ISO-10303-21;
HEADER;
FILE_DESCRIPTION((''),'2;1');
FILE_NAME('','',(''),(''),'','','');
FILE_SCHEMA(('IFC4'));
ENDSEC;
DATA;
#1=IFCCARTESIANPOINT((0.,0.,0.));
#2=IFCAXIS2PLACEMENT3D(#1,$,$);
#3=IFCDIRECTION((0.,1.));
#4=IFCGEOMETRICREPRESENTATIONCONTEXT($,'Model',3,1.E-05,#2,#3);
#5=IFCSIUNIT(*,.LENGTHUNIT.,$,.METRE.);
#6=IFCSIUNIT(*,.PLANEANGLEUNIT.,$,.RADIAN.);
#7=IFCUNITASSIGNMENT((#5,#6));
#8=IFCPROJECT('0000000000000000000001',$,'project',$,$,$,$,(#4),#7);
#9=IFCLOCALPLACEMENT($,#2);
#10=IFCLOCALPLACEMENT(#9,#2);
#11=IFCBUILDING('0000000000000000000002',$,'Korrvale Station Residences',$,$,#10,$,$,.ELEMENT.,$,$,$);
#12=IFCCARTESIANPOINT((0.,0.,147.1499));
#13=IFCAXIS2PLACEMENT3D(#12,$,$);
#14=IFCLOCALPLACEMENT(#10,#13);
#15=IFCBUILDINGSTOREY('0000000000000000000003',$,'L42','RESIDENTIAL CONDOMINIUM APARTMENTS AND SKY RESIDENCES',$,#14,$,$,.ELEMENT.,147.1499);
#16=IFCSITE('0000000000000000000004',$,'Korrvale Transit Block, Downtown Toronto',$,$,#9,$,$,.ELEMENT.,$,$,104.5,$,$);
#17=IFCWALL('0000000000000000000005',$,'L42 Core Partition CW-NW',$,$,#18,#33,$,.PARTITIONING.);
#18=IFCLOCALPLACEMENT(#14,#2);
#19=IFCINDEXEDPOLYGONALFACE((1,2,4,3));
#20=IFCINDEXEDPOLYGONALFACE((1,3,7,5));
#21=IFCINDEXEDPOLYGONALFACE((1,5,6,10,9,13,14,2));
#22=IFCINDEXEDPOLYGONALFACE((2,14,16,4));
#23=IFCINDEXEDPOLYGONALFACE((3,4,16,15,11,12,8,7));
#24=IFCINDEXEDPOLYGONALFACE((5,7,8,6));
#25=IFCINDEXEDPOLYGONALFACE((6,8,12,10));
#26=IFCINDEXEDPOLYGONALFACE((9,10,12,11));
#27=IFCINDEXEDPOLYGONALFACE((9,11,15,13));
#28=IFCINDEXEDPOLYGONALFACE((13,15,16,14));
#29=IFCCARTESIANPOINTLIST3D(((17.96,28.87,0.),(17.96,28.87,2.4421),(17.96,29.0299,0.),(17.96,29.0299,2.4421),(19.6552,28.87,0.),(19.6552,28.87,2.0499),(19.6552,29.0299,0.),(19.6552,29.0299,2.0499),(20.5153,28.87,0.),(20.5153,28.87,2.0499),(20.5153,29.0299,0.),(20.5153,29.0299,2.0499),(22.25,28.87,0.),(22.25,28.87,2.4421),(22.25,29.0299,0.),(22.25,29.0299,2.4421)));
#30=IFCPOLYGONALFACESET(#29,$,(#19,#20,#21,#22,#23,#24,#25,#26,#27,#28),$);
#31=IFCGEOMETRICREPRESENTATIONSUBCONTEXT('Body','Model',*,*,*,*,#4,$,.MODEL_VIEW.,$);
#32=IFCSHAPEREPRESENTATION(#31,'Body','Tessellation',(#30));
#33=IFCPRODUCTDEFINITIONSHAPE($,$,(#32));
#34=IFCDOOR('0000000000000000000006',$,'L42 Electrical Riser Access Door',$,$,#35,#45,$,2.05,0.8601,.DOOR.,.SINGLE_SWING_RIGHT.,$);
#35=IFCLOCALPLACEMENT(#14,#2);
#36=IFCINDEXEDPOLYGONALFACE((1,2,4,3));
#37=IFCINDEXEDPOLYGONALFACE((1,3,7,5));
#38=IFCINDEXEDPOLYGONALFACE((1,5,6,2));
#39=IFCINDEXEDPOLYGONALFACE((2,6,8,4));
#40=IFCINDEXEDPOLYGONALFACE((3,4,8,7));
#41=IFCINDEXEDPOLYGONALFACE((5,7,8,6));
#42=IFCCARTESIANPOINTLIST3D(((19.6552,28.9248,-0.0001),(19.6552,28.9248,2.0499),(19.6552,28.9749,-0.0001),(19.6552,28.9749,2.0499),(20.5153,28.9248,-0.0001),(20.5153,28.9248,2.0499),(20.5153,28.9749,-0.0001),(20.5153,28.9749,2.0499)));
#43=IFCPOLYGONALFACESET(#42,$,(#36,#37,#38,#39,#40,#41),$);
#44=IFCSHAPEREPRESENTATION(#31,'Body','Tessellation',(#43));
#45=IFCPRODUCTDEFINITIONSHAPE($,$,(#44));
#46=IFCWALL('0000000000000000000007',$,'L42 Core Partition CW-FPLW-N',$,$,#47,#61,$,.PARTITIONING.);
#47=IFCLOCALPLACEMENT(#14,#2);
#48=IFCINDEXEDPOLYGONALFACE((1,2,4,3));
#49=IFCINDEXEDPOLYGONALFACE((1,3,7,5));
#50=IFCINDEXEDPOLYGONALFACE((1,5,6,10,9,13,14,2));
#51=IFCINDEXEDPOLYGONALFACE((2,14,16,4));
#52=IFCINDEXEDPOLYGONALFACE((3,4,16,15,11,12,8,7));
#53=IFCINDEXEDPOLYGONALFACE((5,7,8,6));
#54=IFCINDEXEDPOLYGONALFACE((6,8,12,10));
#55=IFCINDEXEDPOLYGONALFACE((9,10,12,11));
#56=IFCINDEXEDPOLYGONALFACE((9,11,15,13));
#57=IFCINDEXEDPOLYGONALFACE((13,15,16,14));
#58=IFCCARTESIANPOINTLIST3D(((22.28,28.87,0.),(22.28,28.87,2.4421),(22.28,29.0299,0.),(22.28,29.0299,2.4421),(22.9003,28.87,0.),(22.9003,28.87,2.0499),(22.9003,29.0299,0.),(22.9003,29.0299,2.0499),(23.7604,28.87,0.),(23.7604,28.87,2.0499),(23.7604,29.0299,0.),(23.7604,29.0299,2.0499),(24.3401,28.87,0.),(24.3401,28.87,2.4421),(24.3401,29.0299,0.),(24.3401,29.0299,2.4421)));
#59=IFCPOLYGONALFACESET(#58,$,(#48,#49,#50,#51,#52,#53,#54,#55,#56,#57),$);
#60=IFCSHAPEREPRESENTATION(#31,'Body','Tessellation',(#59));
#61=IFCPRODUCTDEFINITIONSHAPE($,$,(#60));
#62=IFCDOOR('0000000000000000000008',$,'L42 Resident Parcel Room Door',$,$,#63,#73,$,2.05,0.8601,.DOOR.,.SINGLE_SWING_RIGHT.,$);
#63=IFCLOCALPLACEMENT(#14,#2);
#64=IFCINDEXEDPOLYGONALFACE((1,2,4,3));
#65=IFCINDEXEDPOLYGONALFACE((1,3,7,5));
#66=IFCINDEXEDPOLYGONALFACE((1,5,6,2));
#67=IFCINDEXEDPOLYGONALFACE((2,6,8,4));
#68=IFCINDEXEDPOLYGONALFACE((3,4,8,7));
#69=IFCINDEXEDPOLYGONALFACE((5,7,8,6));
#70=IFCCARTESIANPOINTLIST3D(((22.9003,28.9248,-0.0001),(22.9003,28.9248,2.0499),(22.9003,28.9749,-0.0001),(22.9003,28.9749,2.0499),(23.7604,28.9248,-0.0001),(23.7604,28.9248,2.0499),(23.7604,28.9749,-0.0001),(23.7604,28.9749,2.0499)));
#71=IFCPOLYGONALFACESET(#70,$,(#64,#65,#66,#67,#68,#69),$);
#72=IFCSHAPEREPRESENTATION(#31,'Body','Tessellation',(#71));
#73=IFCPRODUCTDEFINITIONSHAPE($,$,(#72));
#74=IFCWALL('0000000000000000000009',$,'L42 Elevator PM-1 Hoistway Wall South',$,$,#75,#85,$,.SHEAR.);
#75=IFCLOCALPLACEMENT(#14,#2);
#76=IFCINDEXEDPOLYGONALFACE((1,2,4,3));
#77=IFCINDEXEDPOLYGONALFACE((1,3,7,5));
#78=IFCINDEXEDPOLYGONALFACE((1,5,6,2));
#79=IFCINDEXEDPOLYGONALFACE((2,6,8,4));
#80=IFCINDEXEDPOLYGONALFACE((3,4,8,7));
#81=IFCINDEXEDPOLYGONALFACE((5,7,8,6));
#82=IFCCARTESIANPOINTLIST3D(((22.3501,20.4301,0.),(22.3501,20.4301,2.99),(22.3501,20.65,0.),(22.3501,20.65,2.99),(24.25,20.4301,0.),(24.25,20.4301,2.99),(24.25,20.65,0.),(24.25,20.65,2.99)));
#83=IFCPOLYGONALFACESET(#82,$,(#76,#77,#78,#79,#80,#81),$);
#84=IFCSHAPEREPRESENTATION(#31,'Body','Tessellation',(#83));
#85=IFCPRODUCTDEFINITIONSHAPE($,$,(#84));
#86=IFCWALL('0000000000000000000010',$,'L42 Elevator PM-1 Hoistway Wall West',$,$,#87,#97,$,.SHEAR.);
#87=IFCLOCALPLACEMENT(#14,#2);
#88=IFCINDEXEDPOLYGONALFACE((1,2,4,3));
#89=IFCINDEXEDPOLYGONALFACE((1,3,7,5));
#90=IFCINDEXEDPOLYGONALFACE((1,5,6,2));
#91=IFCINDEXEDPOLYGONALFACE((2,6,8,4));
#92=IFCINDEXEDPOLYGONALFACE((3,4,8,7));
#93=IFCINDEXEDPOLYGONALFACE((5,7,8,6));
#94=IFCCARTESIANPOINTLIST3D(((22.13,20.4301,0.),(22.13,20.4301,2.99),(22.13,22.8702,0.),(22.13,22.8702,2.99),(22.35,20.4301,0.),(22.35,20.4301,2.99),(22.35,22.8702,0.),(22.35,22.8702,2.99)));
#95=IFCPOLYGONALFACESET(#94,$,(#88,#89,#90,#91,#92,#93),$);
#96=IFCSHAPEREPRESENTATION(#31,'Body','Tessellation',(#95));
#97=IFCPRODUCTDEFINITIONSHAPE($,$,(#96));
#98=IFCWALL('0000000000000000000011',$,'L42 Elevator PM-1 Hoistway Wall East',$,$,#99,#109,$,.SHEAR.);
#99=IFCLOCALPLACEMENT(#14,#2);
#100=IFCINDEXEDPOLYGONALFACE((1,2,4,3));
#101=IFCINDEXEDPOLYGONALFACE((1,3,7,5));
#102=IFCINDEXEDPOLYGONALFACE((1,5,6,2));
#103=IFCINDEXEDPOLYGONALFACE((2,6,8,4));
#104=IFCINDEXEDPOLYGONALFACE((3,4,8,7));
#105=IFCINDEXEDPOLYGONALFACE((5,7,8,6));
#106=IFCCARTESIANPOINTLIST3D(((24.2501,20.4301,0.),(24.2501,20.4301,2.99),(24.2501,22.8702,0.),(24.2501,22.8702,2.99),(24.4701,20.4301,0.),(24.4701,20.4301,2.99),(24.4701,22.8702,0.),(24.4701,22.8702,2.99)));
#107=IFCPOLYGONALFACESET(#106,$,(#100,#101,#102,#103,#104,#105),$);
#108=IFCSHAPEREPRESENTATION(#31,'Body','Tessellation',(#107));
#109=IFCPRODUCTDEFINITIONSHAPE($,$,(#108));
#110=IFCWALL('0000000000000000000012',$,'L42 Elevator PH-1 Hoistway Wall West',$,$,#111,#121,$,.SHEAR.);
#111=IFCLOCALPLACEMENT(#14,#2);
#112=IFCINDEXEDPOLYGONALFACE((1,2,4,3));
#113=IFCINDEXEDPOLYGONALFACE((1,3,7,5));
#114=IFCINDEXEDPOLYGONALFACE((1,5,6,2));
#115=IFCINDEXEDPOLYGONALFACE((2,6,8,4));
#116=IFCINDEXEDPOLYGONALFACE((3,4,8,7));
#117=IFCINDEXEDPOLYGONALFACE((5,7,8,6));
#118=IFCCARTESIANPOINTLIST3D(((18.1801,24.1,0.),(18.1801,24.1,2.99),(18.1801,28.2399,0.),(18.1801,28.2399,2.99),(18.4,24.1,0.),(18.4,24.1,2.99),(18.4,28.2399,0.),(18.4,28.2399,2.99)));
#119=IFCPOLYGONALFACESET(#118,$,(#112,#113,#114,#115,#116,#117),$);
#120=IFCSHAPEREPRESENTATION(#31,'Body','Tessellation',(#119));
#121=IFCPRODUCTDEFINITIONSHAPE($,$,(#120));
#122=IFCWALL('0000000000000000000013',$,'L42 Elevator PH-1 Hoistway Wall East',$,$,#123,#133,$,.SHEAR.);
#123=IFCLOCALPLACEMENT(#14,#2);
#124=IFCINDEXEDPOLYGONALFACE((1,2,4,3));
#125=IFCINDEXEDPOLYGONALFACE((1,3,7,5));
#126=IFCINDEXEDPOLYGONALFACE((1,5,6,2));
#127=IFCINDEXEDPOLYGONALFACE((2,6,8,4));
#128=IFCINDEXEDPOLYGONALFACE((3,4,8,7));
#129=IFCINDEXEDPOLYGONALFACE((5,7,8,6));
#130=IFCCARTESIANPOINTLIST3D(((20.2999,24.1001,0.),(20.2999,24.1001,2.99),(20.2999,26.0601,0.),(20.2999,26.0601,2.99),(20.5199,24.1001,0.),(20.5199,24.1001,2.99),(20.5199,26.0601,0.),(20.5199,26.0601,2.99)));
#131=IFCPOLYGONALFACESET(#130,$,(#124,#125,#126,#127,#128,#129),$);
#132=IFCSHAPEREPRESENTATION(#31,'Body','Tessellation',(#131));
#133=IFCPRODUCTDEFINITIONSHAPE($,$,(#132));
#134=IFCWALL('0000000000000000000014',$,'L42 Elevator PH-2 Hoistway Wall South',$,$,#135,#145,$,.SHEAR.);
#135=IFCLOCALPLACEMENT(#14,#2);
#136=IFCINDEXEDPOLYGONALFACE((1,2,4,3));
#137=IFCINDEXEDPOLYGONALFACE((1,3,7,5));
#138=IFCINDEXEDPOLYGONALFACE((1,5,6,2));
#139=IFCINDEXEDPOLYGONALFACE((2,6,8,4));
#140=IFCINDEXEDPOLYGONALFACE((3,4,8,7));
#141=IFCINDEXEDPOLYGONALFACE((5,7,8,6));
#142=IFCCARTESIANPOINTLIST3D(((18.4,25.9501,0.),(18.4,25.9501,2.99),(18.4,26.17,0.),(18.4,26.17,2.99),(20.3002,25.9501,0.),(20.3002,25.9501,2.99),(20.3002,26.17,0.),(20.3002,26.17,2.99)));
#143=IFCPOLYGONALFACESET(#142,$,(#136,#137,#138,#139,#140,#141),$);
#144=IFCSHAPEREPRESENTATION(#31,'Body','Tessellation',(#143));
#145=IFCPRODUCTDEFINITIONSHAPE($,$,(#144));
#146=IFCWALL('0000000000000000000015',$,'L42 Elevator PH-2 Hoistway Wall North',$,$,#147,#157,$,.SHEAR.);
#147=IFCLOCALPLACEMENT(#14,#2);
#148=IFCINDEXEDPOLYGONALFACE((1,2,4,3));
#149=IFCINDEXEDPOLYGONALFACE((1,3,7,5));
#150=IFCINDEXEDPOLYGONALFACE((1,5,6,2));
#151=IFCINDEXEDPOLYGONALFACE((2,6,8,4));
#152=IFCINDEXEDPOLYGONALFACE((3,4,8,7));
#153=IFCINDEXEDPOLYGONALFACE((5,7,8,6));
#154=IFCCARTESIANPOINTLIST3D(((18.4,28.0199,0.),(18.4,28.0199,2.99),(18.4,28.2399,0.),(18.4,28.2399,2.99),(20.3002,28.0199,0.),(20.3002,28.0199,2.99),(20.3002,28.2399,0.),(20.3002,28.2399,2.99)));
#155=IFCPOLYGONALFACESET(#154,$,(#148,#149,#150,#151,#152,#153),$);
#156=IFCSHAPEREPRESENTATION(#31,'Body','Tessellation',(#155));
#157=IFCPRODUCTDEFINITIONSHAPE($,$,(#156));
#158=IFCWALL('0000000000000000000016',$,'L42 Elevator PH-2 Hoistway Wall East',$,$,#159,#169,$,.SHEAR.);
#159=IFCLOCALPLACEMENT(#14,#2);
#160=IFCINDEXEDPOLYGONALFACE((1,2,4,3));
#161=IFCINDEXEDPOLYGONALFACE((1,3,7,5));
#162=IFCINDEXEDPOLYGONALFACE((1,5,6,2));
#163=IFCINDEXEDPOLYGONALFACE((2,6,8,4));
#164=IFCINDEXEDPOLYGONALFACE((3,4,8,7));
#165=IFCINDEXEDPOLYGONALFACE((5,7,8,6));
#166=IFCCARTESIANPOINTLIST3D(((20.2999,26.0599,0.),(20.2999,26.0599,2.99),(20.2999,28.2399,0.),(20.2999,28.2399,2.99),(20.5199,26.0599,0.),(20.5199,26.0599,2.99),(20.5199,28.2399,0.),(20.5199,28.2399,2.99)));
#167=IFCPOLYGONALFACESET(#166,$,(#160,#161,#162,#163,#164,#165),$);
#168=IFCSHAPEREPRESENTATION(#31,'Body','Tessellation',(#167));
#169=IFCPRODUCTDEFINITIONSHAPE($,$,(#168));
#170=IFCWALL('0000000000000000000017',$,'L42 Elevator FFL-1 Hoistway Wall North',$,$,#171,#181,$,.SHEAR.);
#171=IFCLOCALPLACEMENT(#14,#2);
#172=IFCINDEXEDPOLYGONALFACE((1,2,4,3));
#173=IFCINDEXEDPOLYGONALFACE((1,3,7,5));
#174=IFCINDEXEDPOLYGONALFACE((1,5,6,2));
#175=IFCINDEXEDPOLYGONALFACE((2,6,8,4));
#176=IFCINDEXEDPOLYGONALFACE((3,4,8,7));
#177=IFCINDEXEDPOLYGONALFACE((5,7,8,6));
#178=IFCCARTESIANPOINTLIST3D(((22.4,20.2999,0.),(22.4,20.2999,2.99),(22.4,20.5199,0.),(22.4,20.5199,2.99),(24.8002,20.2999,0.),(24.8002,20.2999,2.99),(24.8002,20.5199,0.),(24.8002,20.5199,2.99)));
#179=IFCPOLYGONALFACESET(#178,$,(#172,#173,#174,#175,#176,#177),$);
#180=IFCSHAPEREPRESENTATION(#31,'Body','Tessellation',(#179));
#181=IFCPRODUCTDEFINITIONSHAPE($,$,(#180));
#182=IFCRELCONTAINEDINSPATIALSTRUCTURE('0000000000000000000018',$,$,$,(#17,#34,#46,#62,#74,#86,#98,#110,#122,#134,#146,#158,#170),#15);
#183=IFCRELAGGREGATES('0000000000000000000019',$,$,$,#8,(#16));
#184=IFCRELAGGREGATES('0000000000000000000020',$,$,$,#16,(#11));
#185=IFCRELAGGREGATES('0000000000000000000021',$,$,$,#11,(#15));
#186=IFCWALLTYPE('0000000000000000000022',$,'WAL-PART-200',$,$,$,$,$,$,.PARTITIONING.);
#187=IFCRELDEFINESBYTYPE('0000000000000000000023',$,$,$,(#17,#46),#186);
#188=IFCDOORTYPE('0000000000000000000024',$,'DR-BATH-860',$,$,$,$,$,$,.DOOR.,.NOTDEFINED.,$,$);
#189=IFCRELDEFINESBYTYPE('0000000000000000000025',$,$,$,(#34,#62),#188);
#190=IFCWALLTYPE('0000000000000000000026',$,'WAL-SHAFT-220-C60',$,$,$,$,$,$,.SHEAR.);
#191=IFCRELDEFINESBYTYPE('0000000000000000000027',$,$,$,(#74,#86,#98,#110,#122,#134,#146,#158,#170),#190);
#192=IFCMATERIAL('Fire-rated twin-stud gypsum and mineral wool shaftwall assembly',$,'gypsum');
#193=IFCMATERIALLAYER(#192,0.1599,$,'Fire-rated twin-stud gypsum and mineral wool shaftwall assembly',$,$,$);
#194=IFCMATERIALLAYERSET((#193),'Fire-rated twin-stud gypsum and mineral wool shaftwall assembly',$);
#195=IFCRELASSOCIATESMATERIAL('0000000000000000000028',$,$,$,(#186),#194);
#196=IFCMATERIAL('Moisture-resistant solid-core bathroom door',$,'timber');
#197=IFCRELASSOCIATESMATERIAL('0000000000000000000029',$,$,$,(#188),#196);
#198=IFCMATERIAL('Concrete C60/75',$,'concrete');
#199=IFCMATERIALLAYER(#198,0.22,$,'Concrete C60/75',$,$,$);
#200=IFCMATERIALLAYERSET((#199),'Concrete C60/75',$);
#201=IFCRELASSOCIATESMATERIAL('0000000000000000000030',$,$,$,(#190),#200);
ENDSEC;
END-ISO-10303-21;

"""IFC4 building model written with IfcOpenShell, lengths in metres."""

from ifc_helpers import new_model, si_unit, direction, frame, frame_2d, origin, place, context, subcontext, project, spatial, rectangle, extrude, material, layer, layer_set, type_object, element, fill, save


model = new_model("IFC4")

# Units and contexts
model_context = context("Model", 3, precision=1e-05, world=origin(), true_north=direction((0.0, 1.0)))
body_context = subcontext(model_context, "Body", "Model", "MODEL_VIEW")
ifc_project = project(units=[si_unit("LENGTHUNIT", "METRE"), si_unit("PLANEANGLEUNIT", "RADIAN")], contexts=[model_context])

# Site, building, storey
site_placement = place(None, origin())
site = spatial("IfcSite", under=ifc_project, at=site_placement, Name="Korrvale Transit Block, Downtown Toronto", CompositionType="ELEMENT", RefElevation=104.5)
building_placement = place(site_placement, origin())
building = spatial("IfcBuilding", under=site, at=building_placement, Name="Korrvale Station Residences", CompositionType="ELEMENT")
storey_placement = place(building_placement, frame((0.0, 0.0, 147.1499)))
storey = spatial("IfcBuildingStorey", under=building, at=storey_placement, Name="L42", Description="RESIDENTIAL CONDOMINIUM APARTMENTS AND SKY RESIDENCES", CompositionType="ELEMENT", Elevation=147.1499)

# Shared definitions
ifc_material_1 = material(Name="Concrete C60/75", Category="concrete")
ifc_material_2 = material(Name="Fire-rated twin-stud gypsum and mineral wool shaftwall assembly", Category="gypsum")
ifc_layer_1 = layer(ifc_material_2, 0.1599, Name="Fire-rated twin-stud gypsum and mineral wool shaftwall assembly")
ifc_layer_set_1 = layer_set([ifc_layer_1], Name="Fire-rated twin-stud gypsum and mineral wool shaftwall assembly")
wall_type_1 = type_object("IfcWallType", Name="WAL-PART-200", PredefinedType="PARTITIONING", material=ifc_layer_set_1)

# Walls, openings, doors
wall_1_placement = place(storey_placement, frame((17.96, 28.95, 0.0), z_axis=(0.0, 0.0, 1.0), x_axis=(1.0, 0.0, 0.0)))
wall_1 = element("IfcWall", 1, at=wall_1_placement, inside=storey, type_object=wall_type_1, Name="L42 Core Partition CW-NW", PredefinedType="PARTITIONING", context=body_context, shape_type="SweptSolid", body=[
    extrude(rectangle(XDim=4.29, YDim=0.1599, at=frame_2d((2.145, 0.0))), origin(), (0.0, 0.0, 1.0), 2.4421),
])
opening_1_placement = place(wall_1_placement, frame((1.6951, 0.0, 0.0)))
opening_1 = element("IfcOpeningElement", 2, at=opening_1_placement, cuts=wall_1, PredefinedType="OPENING", context=body_context, shape_type="SweptSolid", body=[
    extrude(rectangle(XDim=0.8601, YDim=2.05, at=frame_2d((0.4302, 1.0249))), frame((0.0, 0.0898, 0.0), z_axis=(0.0, -1.0, 0.0), x_axis=(1.0, 0.0, 0.0)), (0.0, 0.0, 1.0), 0.1799),
])
ifc_material_3 = material(Name="Moisture-resistant solid-core bathroom door", Category="timber")
door_type_1 = type_object("IfcDoorType", Name="DR-BATH-860", OperationType="NOTDEFINED", PredefinedType="DOOR", material=ifc_material_3)
door_1_placement = place(opening_1_placement, origin())
door_1 = element("IfcDoor", 3, at=door_1_placement, inside=storey, type_object=door_type_1, Name="L42 Electrical Riser Access Door", OperationType="SINGLE_SWING_RIGHT", OverallHeight=2.05, OverallWidth=0.8601, PredefinedType="DOOR", context=body_context, shape_type="SweptSolid", body=[
    extrude(rectangle(XDim=0.8601, YDim=2.05, at=frame_2d((0.4302, 1.0249))), frame((0.0, 0.0249, 0.0), z_axis=(0.0, -1.0, 0.0), x_axis=(1.0, 0.0, 0.0)), (0.0, 0.0, 1.0), 0.05),
])
fill(opening_1, door_1)
wall_2_placement = place(storey_placement, frame((22.28, 28.95, 0.0), z_axis=(0.0, 0.0, 1.0), x_axis=(1.0, 0.0, 0.0)))
wall_2 = element("IfcWall", 4, at=wall_2_placement, inside=storey, type_object=wall_type_1, Name="L42 Core Partition CW-FPLW-N", PredefinedType="PARTITIONING", context=body_context, shape_type="SweptSolid", body=[
    extrude(rectangle(XDim=2.0601, YDim=0.1599, at=frame_2d((1.03, 0.0))), origin(), (0.0, 0.0, 1.0), 2.4421),
])
opening_2_placement = place(wall_2_placement, frame((0.6201, 0.0, 0.0)))
opening_2 = element("IfcOpeningElement", 5, at=opening_2_placement, cuts=wall_2, PredefinedType="OPENING", context=body_context, shape_type="SweptSolid", body=[
    extrude(rectangle(XDim=0.8601, YDim=2.05, at=frame_2d((0.4302, 1.0249))), frame((0.0, 0.0898, 0.0), z_axis=(0.0, -1.0, 0.0), x_axis=(1.0, 0.0, 0.0)), (0.0, 0.0, 1.0), 0.1799),
])
door_2_placement = place(opening_2_placement, origin())
door_2 = element("IfcDoor", 6, at=door_2_placement, inside=storey, type_object=door_type_1, Name="L42 Resident Parcel Room Door", OperationType="SINGLE_SWING_RIGHT", OverallHeight=2.05, OverallWidth=0.8601, PredefinedType="DOOR", context=body_context, shape_type="SweptSolid", body=[
    extrude(rectangle(XDim=0.8601, YDim=2.05, at=frame_2d((0.4302, 1.0249))), frame((0.0, 0.0249, 0.0), z_axis=(0.0, -1.0, 0.0), x_axis=(1.0, 0.0, 0.0)), (0.0, 0.0, 1.0), 0.05),
])
fill(opening_2, door_2)

# Wall
ifc_layer_2 = layer(ifc_material_1, 0.22, Name="Concrete C60/75")
ifc_layer_set_2 = layer_set([ifc_layer_2], Name="Concrete C60/75")
wall_type_2 = type_object("IfcWallType", Name="WAL-SHAFT-220-C60", PredefinedType="SHEAR", material=ifc_layer_set_2)
wall_3_placement = place(storey_placement, frame((22.3501, 20.54, 0.0), z_axis=(0.0, 0.0, 1.0), x_axis=(1.0, 0.0, 0.0)))
element("IfcWall", 7, at=wall_3_placement, inside=storey, type_object=wall_type_2, Name="L42 Elevator PM-1 Hoistway Wall South", PredefinedType="SHEAR", context=body_context, shape_type="SweptSolid", body=[
    extrude(rectangle(XDim=1.8999, YDim=0.22, at=frame_2d((0.95, 0.0))), origin(), (0.0, 0.0, 1.0), 2.99),
])

# Walls
for number, where, z_axis, x_axis, name in (
    (8, (22.24, 20.4299, 0.0), (0.0, 0.0, 1.0), (0.0, 1.0, 0.0), "L42 Elevator PM-1 Hoistway Wall West"),
    (9, (24.3601, 20.4299, 0.0), (0.0, 0.0, 1.0), (0.0, 1.0, 0.0), "L42 Elevator PM-1 Hoistway Wall East"),
):
    element("IfcWall", number, at=place(storey_placement, frame(where, z_axis=z_axis, x_axis=x_axis)), inside=storey, type_object=wall_type_2, Name=name, PredefinedType="SHEAR", context=body_context, shape_type="SweptSolid", body=[
        extrude(rectangle(XDim=2.4402, YDim=0.22, at=frame_2d((1.2202, 0.0))), origin(), (0.0, 0.0, 1.0), 2.99),
    ])
wall_4_placement = place(storey_placement, frame((18.29, 24.1001, 0.0), z_axis=(0.0, 0.0, 1.0), x_axis=(0.0, 1.0, 0.0)))
element("IfcWall", 10, at=wall_4_placement, inside=storey, type_object=wall_type_2, Name="L42 Elevator PH-1 Hoistway Wall West", PredefinedType="SHEAR", context=body_context, shape_type="SweptSolid", body=[
    extrude(rectangle(XDim=4.1399, YDim=0.22, at=frame_2d((2.0698, 0.0))), origin(), (0.0, 0.0, 1.0), 2.99),
])
wall_5_placement = place(storey_placement, frame((20.4099, 24.1001, 0.0), z_axis=(0.0, 0.0, 1.0), x_axis=(0.0, 1.0, 0.0)))
element("IfcWall", 11, at=wall_5_placement, inside=storey, type_object=wall_type_2, Name="L42 Elevator PH-1 Hoistway Wall East", PredefinedType="SHEAR", context=body_context, shape_type="SweptSolid", body=[
    extrude(rectangle(XDim=1.96, YDim=0.22, at=frame_2d((0.98, 0.0))), origin(), (0.0, 0.0, 1.0), 2.99),
])
for number, where, z_axis, x_axis, name in (
    (12, (18.3999, 26.0601, 0.0), (0.0, 0.0, 1.0), (1.0, 0.0, 0.0), "L42 Elevator PH-2 Hoistway Wall South"),
    (13, (18.3999, 28.1299, 0.0), (0.0, 0.0, 1.0), (1.0, 0.0, 0.0), "L42 Elevator PH-2 Hoistway Wall North"),
):
    element("IfcWall", number, at=place(storey_placement, frame(where, z_axis=z_axis, x_axis=x_axis)), inside=storey, type_object=wall_type_2, Name=name, PredefinedType="SHEAR", context=body_context, shape_type="SweptSolid", body=[
        extrude(rectangle(XDim=1.9001, YDim=0.22, at=frame_2d((0.9502, 0.0))), origin(), (0.0, 0.0, 1.0), 2.99),
    ])
wall_6_placement = place(storey_placement, frame((20.4099, 26.0601, 0.0), z_axis=(0.0, 0.0, 1.0), x_axis=(0.0, 1.0, 0.0)))
element("IfcWall", 14, at=wall_6_placement, inside=storey, type_object=wall_type_2, Name="L42 Elevator PH-2 Hoistway Wall East", PredefinedType="SHEAR", context=body_context, shape_type="SweptSolid", body=[
    extrude(rectangle(XDim=2.1799, YDim=0.22, at=frame_2d((1.0898, 0.0))), origin(), (0.0, 0.0, 1.0), 2.99),
])
wall_7_placement = place(storey_placement, frame((22.3999, 20.4099, 0.0), z_axis=(0.0, 0.0, 1.0), x_axis=(1.0, 0.0, 0.0)))
element("IfcWall", 15, at=wall_7_placement, inside=storey, type_object=wall_type_2, Name="L42 Elevator FFL-1 Hoistway Wall North", PredefinedType="SHEAR", context=body_context, shape_type="SweptSolid", body=[
    extrude(rectangle(XDim=2.4001, YDim=0.22, at=frame_2d((1.2002, 0.0))), origin(), (0.0, 0.0, 1.0), 2.99),
])

save(model, "model.ifc")
